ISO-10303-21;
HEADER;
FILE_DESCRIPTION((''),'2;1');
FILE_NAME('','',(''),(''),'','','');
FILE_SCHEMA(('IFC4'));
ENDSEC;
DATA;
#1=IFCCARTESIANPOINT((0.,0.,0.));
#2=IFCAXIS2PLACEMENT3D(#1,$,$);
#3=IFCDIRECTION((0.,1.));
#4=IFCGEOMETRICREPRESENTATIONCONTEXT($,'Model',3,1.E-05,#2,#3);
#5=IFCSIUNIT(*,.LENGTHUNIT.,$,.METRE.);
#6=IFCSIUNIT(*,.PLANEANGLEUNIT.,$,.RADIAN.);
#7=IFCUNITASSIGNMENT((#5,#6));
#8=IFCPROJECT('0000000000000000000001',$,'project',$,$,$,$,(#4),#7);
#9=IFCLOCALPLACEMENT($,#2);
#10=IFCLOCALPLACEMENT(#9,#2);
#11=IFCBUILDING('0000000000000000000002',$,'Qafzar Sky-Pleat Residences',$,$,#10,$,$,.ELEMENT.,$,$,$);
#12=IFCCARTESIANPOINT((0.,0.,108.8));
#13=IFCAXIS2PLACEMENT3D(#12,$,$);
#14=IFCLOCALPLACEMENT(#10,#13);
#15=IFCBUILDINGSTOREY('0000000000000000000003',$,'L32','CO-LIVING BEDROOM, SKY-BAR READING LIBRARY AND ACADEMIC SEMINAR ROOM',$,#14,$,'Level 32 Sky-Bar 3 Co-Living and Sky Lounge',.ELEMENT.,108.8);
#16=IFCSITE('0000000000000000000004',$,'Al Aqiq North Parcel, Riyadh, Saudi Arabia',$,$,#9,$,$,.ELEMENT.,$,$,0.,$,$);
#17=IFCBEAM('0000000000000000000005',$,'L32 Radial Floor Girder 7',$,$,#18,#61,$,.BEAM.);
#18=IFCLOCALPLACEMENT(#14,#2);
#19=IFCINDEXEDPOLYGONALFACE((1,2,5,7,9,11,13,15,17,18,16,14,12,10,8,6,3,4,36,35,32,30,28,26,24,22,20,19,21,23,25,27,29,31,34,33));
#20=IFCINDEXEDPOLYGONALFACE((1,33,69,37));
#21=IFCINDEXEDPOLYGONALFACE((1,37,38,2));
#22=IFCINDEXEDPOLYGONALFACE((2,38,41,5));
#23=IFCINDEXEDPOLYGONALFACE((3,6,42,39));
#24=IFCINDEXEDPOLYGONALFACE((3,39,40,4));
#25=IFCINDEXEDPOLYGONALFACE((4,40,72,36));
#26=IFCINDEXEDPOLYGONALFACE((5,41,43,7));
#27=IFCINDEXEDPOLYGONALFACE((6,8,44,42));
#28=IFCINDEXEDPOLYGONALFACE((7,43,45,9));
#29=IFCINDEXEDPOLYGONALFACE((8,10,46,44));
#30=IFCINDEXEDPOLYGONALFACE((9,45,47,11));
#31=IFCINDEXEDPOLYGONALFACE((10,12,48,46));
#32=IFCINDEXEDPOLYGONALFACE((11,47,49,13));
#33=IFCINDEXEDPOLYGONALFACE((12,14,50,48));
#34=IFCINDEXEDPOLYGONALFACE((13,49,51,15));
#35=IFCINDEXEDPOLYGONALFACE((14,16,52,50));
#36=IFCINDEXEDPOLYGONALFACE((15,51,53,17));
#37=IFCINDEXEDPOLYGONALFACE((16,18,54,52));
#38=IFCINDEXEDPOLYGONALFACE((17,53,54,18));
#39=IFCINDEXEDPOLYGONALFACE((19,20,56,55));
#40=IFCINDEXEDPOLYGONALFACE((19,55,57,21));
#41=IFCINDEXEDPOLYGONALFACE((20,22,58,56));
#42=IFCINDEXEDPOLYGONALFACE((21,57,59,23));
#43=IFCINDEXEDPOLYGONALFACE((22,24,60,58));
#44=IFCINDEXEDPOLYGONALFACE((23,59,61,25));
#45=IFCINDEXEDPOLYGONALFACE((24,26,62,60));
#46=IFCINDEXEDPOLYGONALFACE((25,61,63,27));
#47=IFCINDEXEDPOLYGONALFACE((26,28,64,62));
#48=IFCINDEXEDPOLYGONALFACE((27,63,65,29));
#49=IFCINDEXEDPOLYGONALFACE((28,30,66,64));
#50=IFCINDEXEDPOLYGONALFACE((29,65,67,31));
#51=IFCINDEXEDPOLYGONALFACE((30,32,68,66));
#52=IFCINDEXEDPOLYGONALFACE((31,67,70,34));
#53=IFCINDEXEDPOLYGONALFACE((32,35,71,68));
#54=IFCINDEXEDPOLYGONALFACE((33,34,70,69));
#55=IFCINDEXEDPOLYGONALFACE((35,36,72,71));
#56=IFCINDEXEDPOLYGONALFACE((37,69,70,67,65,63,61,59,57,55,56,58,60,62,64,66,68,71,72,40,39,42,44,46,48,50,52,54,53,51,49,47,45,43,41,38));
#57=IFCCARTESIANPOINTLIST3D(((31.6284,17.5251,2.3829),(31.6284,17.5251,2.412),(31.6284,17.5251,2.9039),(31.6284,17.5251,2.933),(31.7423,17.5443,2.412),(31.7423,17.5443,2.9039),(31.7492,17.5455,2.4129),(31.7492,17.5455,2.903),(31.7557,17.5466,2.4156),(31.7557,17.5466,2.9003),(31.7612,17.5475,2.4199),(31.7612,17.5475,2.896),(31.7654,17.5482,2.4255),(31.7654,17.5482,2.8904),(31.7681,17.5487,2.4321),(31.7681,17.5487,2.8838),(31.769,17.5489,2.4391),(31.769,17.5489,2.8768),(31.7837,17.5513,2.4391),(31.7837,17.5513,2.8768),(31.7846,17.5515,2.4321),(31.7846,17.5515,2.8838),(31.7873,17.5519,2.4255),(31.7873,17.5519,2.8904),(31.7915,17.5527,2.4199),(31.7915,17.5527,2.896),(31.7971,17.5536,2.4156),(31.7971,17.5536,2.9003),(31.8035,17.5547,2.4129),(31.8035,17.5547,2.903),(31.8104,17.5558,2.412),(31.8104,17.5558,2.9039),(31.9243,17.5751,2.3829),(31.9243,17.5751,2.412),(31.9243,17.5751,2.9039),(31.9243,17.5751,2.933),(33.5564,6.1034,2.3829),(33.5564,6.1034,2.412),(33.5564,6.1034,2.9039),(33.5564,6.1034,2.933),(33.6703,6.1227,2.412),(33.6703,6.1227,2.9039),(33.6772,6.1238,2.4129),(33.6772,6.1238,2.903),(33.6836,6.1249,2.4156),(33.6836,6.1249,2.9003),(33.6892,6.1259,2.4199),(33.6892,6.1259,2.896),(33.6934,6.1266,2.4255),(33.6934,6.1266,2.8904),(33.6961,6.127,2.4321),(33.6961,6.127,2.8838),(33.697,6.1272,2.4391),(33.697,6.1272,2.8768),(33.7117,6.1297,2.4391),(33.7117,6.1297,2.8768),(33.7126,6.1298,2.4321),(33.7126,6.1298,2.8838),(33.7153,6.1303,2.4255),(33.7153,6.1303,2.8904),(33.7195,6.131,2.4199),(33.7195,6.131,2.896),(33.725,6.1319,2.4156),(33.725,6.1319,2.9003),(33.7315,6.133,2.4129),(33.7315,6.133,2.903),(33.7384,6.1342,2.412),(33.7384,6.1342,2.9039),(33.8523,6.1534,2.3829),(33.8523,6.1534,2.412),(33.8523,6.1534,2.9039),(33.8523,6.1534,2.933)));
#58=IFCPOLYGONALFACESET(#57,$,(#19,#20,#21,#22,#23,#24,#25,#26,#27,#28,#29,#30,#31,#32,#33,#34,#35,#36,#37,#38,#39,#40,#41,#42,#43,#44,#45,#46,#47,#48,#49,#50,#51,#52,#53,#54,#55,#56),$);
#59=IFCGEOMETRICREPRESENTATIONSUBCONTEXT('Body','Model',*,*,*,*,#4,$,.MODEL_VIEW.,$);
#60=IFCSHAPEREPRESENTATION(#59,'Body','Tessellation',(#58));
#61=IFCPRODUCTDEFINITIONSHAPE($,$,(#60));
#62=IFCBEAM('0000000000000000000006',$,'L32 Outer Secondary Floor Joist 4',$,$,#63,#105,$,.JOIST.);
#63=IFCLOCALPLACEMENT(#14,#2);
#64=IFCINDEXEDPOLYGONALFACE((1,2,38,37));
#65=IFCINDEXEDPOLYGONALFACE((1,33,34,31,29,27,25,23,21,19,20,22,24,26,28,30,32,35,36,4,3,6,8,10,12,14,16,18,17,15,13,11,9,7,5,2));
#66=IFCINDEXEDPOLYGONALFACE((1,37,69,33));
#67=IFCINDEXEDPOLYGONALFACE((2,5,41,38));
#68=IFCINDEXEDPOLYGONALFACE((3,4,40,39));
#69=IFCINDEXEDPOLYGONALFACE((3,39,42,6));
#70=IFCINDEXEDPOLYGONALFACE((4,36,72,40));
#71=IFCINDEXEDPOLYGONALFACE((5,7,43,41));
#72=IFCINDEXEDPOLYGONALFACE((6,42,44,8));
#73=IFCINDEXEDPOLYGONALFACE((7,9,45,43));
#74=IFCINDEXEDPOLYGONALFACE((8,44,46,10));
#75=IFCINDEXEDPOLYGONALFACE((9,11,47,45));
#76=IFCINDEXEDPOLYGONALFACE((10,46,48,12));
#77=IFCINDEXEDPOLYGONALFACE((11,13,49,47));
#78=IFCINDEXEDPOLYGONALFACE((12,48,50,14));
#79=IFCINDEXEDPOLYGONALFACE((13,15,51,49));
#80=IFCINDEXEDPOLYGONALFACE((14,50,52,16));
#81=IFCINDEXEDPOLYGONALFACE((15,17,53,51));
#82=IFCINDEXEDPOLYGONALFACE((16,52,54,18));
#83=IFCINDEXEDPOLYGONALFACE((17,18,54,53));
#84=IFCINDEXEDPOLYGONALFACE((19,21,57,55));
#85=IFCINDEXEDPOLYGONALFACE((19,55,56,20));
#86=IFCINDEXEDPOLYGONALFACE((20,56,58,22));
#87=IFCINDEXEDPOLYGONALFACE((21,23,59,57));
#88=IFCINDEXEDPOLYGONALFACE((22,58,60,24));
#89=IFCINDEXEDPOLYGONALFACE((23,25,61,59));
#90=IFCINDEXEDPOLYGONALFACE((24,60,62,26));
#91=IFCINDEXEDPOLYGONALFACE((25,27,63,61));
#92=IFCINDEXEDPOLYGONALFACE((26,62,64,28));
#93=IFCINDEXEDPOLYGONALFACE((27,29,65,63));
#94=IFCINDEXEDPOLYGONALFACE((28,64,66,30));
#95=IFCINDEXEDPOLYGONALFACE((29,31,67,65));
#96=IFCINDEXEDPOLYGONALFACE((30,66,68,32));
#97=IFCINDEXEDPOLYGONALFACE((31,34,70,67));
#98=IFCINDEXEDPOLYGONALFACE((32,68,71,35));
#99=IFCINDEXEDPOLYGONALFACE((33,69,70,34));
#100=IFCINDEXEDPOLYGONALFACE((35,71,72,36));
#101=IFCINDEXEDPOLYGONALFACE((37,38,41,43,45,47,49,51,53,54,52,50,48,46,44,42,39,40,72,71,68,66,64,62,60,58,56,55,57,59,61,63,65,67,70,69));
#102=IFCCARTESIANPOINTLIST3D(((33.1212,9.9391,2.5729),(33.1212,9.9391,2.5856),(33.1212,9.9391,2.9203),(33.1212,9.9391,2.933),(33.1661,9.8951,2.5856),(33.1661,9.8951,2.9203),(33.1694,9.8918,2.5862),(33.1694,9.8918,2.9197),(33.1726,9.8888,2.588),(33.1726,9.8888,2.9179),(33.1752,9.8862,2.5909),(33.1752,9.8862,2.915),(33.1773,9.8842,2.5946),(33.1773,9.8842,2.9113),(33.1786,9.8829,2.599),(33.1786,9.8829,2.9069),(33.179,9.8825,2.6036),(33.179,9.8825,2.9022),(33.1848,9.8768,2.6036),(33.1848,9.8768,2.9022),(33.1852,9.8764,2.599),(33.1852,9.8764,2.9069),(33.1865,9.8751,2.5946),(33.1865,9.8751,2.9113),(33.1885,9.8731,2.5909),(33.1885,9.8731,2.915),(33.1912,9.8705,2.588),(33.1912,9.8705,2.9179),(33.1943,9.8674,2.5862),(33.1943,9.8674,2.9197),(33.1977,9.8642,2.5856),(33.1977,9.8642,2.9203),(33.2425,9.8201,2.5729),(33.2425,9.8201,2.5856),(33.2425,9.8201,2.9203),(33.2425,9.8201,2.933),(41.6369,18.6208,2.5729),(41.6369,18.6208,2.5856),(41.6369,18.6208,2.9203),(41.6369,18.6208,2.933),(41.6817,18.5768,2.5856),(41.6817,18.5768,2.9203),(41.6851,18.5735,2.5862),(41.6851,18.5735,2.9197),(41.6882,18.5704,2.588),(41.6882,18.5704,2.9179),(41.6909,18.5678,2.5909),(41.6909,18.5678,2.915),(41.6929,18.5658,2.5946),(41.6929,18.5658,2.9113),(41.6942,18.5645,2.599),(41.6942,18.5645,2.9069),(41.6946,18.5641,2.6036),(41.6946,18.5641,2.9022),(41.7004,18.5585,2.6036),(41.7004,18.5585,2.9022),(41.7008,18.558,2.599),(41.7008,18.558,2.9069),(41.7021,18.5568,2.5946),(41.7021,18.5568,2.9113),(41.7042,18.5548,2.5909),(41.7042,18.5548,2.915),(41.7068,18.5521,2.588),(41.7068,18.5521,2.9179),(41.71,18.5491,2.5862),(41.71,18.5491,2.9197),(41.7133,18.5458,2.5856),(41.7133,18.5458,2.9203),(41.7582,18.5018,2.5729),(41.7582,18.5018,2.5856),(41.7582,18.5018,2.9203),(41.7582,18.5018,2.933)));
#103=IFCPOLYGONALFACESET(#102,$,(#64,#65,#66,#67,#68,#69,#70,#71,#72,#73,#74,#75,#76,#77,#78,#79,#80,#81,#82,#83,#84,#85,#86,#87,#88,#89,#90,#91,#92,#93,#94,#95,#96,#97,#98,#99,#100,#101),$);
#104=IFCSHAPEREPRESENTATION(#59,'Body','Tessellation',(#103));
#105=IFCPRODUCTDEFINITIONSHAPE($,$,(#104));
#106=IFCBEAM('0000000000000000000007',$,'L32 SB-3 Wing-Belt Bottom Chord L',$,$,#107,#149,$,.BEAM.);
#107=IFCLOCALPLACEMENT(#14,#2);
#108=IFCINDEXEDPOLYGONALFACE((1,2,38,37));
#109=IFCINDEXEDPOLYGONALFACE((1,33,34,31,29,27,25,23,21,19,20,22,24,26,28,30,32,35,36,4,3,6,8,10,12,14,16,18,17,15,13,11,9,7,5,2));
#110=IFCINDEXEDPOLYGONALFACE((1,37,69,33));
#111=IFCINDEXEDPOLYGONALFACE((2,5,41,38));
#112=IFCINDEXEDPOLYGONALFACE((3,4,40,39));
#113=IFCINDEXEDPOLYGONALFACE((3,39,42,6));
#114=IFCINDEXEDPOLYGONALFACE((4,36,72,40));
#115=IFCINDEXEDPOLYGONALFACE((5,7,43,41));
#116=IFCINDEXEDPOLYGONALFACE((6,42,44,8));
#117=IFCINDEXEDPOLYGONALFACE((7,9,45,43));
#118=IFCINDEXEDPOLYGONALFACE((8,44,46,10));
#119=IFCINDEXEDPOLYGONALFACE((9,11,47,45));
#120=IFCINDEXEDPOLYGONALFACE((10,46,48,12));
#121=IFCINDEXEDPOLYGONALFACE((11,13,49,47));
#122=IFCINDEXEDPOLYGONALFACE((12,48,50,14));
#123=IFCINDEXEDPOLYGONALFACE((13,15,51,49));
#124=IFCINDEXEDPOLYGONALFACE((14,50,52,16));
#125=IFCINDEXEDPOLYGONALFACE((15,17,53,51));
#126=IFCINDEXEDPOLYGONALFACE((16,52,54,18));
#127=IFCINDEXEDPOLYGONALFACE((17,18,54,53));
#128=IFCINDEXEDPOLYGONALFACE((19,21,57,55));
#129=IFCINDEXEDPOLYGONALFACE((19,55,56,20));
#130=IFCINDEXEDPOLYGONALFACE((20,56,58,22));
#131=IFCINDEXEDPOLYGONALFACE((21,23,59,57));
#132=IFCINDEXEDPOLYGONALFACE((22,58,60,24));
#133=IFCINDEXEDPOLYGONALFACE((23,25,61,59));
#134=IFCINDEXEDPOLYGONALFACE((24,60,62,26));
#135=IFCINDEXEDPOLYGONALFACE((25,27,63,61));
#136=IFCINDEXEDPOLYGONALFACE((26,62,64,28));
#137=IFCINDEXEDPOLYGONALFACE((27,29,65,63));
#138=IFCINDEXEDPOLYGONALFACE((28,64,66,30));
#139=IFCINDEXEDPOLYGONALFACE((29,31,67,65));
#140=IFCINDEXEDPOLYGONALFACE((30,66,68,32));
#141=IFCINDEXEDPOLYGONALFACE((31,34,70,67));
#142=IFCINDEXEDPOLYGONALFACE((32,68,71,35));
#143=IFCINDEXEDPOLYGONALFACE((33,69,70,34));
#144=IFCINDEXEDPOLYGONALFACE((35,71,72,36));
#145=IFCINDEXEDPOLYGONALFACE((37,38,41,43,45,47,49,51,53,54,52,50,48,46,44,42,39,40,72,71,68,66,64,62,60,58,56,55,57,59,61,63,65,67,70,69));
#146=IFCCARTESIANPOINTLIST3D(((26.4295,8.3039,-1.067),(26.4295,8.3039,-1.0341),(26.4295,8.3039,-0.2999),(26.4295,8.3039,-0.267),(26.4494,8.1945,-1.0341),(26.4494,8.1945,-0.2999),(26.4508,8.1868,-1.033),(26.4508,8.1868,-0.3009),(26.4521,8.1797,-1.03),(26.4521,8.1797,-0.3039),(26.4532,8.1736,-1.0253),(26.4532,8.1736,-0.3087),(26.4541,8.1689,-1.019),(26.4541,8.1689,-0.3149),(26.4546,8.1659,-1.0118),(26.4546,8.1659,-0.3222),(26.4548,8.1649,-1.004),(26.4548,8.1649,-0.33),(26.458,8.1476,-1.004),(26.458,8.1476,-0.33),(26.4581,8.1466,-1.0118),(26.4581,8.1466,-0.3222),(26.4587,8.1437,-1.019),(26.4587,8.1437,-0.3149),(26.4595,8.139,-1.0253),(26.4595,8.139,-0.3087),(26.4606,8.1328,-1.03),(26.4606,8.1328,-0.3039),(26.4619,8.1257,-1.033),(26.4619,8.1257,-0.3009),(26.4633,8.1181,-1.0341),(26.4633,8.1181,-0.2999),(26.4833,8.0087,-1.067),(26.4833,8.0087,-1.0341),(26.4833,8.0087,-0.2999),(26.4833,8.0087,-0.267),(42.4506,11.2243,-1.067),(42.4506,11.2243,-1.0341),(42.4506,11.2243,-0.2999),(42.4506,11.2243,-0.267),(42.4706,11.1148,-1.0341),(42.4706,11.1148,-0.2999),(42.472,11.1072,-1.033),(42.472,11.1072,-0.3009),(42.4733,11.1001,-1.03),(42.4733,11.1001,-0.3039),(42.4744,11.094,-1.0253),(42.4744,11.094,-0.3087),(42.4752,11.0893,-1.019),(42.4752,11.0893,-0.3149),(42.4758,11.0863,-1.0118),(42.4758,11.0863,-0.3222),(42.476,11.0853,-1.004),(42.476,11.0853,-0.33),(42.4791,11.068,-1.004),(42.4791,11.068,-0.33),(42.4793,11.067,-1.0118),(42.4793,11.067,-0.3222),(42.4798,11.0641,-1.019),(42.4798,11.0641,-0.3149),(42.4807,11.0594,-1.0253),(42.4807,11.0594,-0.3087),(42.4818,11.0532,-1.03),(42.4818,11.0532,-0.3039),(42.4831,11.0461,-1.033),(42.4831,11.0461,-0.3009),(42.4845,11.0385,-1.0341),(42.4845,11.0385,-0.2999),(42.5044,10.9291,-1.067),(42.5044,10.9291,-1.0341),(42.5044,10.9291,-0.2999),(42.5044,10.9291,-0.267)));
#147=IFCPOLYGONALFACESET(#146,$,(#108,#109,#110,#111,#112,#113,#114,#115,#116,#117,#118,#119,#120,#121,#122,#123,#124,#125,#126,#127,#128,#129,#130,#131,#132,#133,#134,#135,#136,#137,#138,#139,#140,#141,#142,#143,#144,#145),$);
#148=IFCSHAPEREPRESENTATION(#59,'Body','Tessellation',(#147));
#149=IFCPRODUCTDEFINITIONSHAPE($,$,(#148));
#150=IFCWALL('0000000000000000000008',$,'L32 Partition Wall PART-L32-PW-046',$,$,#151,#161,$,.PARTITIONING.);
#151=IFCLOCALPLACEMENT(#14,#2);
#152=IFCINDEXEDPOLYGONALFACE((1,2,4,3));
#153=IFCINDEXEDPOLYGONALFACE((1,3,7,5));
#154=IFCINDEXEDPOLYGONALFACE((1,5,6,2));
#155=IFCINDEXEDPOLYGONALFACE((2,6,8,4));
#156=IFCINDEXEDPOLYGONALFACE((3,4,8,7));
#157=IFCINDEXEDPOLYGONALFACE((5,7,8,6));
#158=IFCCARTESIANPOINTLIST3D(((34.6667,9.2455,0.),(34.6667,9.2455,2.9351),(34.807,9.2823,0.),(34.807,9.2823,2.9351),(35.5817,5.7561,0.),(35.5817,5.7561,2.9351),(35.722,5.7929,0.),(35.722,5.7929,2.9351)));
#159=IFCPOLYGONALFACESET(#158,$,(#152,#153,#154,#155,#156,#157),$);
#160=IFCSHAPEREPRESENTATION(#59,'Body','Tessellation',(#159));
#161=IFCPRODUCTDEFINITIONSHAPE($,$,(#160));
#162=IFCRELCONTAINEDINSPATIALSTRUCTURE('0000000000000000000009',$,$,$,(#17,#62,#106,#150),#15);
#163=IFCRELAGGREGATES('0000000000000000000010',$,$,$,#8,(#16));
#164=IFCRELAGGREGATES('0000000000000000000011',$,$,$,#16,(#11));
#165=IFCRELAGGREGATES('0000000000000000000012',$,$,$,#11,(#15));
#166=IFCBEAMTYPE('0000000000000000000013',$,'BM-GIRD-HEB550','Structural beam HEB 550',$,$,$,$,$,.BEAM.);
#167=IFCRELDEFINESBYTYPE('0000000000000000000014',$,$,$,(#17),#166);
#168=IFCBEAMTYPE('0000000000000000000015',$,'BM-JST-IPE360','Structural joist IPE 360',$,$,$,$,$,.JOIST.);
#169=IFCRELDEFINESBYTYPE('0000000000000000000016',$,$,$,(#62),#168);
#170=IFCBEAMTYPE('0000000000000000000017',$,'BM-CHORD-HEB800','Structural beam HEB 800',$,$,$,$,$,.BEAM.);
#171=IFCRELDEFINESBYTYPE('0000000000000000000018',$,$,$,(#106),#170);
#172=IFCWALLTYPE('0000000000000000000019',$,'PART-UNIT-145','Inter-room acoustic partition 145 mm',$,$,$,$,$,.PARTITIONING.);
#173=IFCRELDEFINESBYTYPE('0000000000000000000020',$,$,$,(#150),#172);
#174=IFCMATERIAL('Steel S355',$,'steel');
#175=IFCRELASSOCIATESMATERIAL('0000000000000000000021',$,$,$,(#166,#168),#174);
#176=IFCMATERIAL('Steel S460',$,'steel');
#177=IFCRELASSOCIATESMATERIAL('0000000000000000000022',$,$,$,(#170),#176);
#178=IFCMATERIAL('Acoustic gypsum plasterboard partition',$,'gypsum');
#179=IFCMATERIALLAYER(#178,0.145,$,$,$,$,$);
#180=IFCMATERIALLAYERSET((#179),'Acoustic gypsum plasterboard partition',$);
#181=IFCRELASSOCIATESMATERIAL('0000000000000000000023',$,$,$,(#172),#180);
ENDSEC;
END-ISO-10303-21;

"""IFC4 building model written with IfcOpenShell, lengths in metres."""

from ifc_helpers import new_model, si_unit, direction, frame, frame_2d, origin, origin_2d, place, context, subcontext, project, spatial, rectangle, i_section, extrude, source, transform, mapped, material, layer, layer_set, material_profile, profile_set, type_object, element, save


model = new_model("IFC4")

# Units and contexts
model_context = context("Model", 3, precision=1e-05, world=origin(), true_north=direction((0.0, 1.0)))
body_context = subcontext(model_context, "Body", "Model", "MODEL_VIEW")
ifc_project = project(units=[si_unit("LENGTHUNIT", "METRE"), si_unit("PLANEANGLEUNIT", "RADIAN")], contexts=[model_context])

# Site, building, storey
site_placement = place(None, origin())
site = spatial("IfcSite", under=ifc_project, at=site_placement, Name="Al Aqiq North Parcel, Riyadh, Saudi Arabia", CompositionType="ELEMENT", RefElevation=0.0)
building_placement = place(site_placement, origin())
building = spatial("IfcBuilding", under=site, at=building_placement, Name="Qafzar Sky-Pleat Residences", CompositionType="ELEMENT")
storey_placement = place(building_placement, frame((0.0, 0.0, 108.8)))
storey = spatial("IfcBuildingStorey", under=building, at=storey_placement, Name="L32", Description="CO-LIVING BEDROOM, SKY-BAR READING LIBRARY AND ACADEMIC SEMINAR ROOM", LongName="Level 32 Sky-Bar 3 Co-Living and Sky Lounge", CompositionType="ELEMENT", Elevation=108.8)

# Shared definitions
ifc_material_1 = material(Name="Steel S460", Category="steel")

# Beams
ifc_material_2 = material(Name="Steel S355", Category="steel")
ifc_material_profile_1 = material_profile(ifc_material_2, i_section(OverallWidth=0.3, OverallDepth=0.55, WebThickness=0.0149, FlangeThickness=0.0291, FilletRadius=0.0271, at=origin_2d()), Name="HEB 550")
ifc_profile_set_1 = profile_set([ifc_material_profile_1], Name="Steel S355")
beam_type_1 = type_object("IfcBeamType", Name="BM-GIRD-HEB550", Description="Structural beam HEB 550", PredefinedType="BEAM", material=ifc_profile_set_1)
shared_shape_1 = source(origin(), body_context, "Body", "SweptSolid", [
    extrude(i_section(OverallWidth=0.3, OverallDepth=0.55, WebThickness=0.0149, FlangeThickness=0.0291, FilletRadius=0.0271, at=origin_2d()), origin(), (0.0, 0.0, 1.0), 11.5833),
])
beam_1_placement = place(storey_placement, frame((33.7043, 6.1284, 2.658), z_axis=(-0.166446, 0.986051, 0.0), x_axis=(-0.986051, -0.166446, 0.0)))
element("IfcBeam", 1, at=beam_1_placement, inside=storey, type_object=beam_type_1, Name="L32 Radial Floor Girder 7", PredefinedType="BEAM", context=body_context, shape_type="MappedRepresentation", body=[
    mapped(shared_shape_1, transform((0.0, 0.0, 0.0), x_axis=(1.0, 0.0, 0.0), y_axis=(0.0, 1.0, 0.0), z_axis=(0.0, 0.0, 1.0), scale=1.0)),
])
ifc_material_profile_2 = material_profile(ifc_material_2, i_section(OverallWidth=0.1699, OverallDepth=0.3601, WebThickness=0.0081, FlangeThickness=0.0127, FilletRadius=0.0181, at=origin_2d()), Name="IPE 360")
ifc_profile_set_2 = profile_set([ifc_material_profile_2], Name="Steel S355")
beam_type_2 = type_object("IfcBeamType", Name="BM-JST-IPE360", Description="Structural joist IPE 360", PredefinedType="JOIST", material=ifc_profile_set_2)
shared_shape_2 = source(origin(), body_context, "Body", "SweptSolid", [
    extrude(i_section(OverallWidth=0.1699, OverallDepth=0.3601, WebThickness=0.0081, FlangeThickness=0.0127, FilletRadius=0.0181, at=origin_2d()), origin(), (0.0, 0.0, 1.0), 12.1609),
])
beam_2_placement = place(storey_placement, frame((33.1819, 9.8796, 2.7529), z_axis=(0.700248, 0.7139, 0.0), x_axis=(-0.7139, 0.700248, 0.0)))
element("IfcBeam", 2, at=beam_2_placement, inside=storey, type_object=beam_type_2, Name="L32 Outer Secondary Floor Joist 4", PredefinedType="JOIST", context=body_context, shape_type="MappedRepresentation", body=[
    mapped(shared_shape_2, transform((0.0, 0.0, 0.0), x_axis=(1.0, 0.0, 0.0), y_axis=(0.0, 1.0, 0.0), z_axis=(0.0, 0.0, 1.0), scale=1.0)),
])
ifc_material_profile_3 = material_profile(ifc_material_1, i_section(OverallWidth=0.3, OverallDepth=0.8, WebThickness=0.0176, FlangeThickness=0.033, FilletRadius=0.03, at=origin_2d()), Name="HEB 800")
ifc_profile_set_3 = profile_set([ifc_material_profile_3], Name="Steel S460")
beam_type_3 = type_object("IfcBeamType", Name="BM-CHORD-HEB800", Description="Structural beam HEB 800", PredefinedType="BEAM", material=ifc_profile_set_3)
shared_shape_3 = source(origin(), body_context, "Body", "SweptSolid", [
    extrude(i_section(OverallWidth=0.3, OverallDepth=0.8, WebThickness=0.0176, FlangeThickness=0.033, FilletRadius=0.03, at=origin_2d()), origin(), (0.0, 0.0, 1.0), 16.2852),
])
beam_3_placement = place(storey_placement, frame((42.4775, 11.0767, -0.667), z_axis=(-0.983789, -0.179329, 0.0), x_axis=(0.179329, -0.983789, 0.0)))
element("IfcBeam", 3, at=beam_3_placement, inside=storey, type_object=beam_type_3, Name="L32 SB-3 Wing-Belt Bottom Chord L", PredefinedType="BEAM", context=body_context, shape_type="MappedRepresentation", body=[
    mapped(shared_shape_3, transform((0.0, 0.0, 0.0), x_axis=(1.0, 0.0, 0.0), y_axis=(0.0, 1.0, 0.0), z_axis=(0.0, 0.0, 1.0), scale=1.0)),
])

# Wall
ifc_material_3 = material(Name="Acoustic gypsum plasterboard partition", Category="gypsum")
ifc_layer_1 = layer(ifc_material_3, 0.145)
ifc_layer_set_1 = layer_set([ifc_layer_1], Name="Acoustic gypsum plasterboard partition")
wall_type_1 = type_object("IfcWallType", Name="PART-UNIT-145", Description="Inter-room acoustic partition 145 mm", PredefinedType="PARTITIONING", material=ifc_layer_set_1)
wall_1_placement = place(storey_placement, frame((34.7368, 9.2639, 0.0), z_axis=(0.0, 0.0, 1.0), x_axis=(0.25365, -0.967296, 0.0)))
element("IfcWall", 4, at=wall_1_placement, inside=storey, type_object=wall_type_1, Name="L32 Partition Wall PART-L32-PW-046", PredefinedType="PARTITIONING", context=body_context, shape_type="SweptSolid", body=[
    extrude(rectangle(XDim=3.6074, YDim=0.145, at=frame_2d((1.8037, 0.0))), origin(), (0.0, 0.0, 1.0), 2.9351),
])

save(model, "model.ifc")
